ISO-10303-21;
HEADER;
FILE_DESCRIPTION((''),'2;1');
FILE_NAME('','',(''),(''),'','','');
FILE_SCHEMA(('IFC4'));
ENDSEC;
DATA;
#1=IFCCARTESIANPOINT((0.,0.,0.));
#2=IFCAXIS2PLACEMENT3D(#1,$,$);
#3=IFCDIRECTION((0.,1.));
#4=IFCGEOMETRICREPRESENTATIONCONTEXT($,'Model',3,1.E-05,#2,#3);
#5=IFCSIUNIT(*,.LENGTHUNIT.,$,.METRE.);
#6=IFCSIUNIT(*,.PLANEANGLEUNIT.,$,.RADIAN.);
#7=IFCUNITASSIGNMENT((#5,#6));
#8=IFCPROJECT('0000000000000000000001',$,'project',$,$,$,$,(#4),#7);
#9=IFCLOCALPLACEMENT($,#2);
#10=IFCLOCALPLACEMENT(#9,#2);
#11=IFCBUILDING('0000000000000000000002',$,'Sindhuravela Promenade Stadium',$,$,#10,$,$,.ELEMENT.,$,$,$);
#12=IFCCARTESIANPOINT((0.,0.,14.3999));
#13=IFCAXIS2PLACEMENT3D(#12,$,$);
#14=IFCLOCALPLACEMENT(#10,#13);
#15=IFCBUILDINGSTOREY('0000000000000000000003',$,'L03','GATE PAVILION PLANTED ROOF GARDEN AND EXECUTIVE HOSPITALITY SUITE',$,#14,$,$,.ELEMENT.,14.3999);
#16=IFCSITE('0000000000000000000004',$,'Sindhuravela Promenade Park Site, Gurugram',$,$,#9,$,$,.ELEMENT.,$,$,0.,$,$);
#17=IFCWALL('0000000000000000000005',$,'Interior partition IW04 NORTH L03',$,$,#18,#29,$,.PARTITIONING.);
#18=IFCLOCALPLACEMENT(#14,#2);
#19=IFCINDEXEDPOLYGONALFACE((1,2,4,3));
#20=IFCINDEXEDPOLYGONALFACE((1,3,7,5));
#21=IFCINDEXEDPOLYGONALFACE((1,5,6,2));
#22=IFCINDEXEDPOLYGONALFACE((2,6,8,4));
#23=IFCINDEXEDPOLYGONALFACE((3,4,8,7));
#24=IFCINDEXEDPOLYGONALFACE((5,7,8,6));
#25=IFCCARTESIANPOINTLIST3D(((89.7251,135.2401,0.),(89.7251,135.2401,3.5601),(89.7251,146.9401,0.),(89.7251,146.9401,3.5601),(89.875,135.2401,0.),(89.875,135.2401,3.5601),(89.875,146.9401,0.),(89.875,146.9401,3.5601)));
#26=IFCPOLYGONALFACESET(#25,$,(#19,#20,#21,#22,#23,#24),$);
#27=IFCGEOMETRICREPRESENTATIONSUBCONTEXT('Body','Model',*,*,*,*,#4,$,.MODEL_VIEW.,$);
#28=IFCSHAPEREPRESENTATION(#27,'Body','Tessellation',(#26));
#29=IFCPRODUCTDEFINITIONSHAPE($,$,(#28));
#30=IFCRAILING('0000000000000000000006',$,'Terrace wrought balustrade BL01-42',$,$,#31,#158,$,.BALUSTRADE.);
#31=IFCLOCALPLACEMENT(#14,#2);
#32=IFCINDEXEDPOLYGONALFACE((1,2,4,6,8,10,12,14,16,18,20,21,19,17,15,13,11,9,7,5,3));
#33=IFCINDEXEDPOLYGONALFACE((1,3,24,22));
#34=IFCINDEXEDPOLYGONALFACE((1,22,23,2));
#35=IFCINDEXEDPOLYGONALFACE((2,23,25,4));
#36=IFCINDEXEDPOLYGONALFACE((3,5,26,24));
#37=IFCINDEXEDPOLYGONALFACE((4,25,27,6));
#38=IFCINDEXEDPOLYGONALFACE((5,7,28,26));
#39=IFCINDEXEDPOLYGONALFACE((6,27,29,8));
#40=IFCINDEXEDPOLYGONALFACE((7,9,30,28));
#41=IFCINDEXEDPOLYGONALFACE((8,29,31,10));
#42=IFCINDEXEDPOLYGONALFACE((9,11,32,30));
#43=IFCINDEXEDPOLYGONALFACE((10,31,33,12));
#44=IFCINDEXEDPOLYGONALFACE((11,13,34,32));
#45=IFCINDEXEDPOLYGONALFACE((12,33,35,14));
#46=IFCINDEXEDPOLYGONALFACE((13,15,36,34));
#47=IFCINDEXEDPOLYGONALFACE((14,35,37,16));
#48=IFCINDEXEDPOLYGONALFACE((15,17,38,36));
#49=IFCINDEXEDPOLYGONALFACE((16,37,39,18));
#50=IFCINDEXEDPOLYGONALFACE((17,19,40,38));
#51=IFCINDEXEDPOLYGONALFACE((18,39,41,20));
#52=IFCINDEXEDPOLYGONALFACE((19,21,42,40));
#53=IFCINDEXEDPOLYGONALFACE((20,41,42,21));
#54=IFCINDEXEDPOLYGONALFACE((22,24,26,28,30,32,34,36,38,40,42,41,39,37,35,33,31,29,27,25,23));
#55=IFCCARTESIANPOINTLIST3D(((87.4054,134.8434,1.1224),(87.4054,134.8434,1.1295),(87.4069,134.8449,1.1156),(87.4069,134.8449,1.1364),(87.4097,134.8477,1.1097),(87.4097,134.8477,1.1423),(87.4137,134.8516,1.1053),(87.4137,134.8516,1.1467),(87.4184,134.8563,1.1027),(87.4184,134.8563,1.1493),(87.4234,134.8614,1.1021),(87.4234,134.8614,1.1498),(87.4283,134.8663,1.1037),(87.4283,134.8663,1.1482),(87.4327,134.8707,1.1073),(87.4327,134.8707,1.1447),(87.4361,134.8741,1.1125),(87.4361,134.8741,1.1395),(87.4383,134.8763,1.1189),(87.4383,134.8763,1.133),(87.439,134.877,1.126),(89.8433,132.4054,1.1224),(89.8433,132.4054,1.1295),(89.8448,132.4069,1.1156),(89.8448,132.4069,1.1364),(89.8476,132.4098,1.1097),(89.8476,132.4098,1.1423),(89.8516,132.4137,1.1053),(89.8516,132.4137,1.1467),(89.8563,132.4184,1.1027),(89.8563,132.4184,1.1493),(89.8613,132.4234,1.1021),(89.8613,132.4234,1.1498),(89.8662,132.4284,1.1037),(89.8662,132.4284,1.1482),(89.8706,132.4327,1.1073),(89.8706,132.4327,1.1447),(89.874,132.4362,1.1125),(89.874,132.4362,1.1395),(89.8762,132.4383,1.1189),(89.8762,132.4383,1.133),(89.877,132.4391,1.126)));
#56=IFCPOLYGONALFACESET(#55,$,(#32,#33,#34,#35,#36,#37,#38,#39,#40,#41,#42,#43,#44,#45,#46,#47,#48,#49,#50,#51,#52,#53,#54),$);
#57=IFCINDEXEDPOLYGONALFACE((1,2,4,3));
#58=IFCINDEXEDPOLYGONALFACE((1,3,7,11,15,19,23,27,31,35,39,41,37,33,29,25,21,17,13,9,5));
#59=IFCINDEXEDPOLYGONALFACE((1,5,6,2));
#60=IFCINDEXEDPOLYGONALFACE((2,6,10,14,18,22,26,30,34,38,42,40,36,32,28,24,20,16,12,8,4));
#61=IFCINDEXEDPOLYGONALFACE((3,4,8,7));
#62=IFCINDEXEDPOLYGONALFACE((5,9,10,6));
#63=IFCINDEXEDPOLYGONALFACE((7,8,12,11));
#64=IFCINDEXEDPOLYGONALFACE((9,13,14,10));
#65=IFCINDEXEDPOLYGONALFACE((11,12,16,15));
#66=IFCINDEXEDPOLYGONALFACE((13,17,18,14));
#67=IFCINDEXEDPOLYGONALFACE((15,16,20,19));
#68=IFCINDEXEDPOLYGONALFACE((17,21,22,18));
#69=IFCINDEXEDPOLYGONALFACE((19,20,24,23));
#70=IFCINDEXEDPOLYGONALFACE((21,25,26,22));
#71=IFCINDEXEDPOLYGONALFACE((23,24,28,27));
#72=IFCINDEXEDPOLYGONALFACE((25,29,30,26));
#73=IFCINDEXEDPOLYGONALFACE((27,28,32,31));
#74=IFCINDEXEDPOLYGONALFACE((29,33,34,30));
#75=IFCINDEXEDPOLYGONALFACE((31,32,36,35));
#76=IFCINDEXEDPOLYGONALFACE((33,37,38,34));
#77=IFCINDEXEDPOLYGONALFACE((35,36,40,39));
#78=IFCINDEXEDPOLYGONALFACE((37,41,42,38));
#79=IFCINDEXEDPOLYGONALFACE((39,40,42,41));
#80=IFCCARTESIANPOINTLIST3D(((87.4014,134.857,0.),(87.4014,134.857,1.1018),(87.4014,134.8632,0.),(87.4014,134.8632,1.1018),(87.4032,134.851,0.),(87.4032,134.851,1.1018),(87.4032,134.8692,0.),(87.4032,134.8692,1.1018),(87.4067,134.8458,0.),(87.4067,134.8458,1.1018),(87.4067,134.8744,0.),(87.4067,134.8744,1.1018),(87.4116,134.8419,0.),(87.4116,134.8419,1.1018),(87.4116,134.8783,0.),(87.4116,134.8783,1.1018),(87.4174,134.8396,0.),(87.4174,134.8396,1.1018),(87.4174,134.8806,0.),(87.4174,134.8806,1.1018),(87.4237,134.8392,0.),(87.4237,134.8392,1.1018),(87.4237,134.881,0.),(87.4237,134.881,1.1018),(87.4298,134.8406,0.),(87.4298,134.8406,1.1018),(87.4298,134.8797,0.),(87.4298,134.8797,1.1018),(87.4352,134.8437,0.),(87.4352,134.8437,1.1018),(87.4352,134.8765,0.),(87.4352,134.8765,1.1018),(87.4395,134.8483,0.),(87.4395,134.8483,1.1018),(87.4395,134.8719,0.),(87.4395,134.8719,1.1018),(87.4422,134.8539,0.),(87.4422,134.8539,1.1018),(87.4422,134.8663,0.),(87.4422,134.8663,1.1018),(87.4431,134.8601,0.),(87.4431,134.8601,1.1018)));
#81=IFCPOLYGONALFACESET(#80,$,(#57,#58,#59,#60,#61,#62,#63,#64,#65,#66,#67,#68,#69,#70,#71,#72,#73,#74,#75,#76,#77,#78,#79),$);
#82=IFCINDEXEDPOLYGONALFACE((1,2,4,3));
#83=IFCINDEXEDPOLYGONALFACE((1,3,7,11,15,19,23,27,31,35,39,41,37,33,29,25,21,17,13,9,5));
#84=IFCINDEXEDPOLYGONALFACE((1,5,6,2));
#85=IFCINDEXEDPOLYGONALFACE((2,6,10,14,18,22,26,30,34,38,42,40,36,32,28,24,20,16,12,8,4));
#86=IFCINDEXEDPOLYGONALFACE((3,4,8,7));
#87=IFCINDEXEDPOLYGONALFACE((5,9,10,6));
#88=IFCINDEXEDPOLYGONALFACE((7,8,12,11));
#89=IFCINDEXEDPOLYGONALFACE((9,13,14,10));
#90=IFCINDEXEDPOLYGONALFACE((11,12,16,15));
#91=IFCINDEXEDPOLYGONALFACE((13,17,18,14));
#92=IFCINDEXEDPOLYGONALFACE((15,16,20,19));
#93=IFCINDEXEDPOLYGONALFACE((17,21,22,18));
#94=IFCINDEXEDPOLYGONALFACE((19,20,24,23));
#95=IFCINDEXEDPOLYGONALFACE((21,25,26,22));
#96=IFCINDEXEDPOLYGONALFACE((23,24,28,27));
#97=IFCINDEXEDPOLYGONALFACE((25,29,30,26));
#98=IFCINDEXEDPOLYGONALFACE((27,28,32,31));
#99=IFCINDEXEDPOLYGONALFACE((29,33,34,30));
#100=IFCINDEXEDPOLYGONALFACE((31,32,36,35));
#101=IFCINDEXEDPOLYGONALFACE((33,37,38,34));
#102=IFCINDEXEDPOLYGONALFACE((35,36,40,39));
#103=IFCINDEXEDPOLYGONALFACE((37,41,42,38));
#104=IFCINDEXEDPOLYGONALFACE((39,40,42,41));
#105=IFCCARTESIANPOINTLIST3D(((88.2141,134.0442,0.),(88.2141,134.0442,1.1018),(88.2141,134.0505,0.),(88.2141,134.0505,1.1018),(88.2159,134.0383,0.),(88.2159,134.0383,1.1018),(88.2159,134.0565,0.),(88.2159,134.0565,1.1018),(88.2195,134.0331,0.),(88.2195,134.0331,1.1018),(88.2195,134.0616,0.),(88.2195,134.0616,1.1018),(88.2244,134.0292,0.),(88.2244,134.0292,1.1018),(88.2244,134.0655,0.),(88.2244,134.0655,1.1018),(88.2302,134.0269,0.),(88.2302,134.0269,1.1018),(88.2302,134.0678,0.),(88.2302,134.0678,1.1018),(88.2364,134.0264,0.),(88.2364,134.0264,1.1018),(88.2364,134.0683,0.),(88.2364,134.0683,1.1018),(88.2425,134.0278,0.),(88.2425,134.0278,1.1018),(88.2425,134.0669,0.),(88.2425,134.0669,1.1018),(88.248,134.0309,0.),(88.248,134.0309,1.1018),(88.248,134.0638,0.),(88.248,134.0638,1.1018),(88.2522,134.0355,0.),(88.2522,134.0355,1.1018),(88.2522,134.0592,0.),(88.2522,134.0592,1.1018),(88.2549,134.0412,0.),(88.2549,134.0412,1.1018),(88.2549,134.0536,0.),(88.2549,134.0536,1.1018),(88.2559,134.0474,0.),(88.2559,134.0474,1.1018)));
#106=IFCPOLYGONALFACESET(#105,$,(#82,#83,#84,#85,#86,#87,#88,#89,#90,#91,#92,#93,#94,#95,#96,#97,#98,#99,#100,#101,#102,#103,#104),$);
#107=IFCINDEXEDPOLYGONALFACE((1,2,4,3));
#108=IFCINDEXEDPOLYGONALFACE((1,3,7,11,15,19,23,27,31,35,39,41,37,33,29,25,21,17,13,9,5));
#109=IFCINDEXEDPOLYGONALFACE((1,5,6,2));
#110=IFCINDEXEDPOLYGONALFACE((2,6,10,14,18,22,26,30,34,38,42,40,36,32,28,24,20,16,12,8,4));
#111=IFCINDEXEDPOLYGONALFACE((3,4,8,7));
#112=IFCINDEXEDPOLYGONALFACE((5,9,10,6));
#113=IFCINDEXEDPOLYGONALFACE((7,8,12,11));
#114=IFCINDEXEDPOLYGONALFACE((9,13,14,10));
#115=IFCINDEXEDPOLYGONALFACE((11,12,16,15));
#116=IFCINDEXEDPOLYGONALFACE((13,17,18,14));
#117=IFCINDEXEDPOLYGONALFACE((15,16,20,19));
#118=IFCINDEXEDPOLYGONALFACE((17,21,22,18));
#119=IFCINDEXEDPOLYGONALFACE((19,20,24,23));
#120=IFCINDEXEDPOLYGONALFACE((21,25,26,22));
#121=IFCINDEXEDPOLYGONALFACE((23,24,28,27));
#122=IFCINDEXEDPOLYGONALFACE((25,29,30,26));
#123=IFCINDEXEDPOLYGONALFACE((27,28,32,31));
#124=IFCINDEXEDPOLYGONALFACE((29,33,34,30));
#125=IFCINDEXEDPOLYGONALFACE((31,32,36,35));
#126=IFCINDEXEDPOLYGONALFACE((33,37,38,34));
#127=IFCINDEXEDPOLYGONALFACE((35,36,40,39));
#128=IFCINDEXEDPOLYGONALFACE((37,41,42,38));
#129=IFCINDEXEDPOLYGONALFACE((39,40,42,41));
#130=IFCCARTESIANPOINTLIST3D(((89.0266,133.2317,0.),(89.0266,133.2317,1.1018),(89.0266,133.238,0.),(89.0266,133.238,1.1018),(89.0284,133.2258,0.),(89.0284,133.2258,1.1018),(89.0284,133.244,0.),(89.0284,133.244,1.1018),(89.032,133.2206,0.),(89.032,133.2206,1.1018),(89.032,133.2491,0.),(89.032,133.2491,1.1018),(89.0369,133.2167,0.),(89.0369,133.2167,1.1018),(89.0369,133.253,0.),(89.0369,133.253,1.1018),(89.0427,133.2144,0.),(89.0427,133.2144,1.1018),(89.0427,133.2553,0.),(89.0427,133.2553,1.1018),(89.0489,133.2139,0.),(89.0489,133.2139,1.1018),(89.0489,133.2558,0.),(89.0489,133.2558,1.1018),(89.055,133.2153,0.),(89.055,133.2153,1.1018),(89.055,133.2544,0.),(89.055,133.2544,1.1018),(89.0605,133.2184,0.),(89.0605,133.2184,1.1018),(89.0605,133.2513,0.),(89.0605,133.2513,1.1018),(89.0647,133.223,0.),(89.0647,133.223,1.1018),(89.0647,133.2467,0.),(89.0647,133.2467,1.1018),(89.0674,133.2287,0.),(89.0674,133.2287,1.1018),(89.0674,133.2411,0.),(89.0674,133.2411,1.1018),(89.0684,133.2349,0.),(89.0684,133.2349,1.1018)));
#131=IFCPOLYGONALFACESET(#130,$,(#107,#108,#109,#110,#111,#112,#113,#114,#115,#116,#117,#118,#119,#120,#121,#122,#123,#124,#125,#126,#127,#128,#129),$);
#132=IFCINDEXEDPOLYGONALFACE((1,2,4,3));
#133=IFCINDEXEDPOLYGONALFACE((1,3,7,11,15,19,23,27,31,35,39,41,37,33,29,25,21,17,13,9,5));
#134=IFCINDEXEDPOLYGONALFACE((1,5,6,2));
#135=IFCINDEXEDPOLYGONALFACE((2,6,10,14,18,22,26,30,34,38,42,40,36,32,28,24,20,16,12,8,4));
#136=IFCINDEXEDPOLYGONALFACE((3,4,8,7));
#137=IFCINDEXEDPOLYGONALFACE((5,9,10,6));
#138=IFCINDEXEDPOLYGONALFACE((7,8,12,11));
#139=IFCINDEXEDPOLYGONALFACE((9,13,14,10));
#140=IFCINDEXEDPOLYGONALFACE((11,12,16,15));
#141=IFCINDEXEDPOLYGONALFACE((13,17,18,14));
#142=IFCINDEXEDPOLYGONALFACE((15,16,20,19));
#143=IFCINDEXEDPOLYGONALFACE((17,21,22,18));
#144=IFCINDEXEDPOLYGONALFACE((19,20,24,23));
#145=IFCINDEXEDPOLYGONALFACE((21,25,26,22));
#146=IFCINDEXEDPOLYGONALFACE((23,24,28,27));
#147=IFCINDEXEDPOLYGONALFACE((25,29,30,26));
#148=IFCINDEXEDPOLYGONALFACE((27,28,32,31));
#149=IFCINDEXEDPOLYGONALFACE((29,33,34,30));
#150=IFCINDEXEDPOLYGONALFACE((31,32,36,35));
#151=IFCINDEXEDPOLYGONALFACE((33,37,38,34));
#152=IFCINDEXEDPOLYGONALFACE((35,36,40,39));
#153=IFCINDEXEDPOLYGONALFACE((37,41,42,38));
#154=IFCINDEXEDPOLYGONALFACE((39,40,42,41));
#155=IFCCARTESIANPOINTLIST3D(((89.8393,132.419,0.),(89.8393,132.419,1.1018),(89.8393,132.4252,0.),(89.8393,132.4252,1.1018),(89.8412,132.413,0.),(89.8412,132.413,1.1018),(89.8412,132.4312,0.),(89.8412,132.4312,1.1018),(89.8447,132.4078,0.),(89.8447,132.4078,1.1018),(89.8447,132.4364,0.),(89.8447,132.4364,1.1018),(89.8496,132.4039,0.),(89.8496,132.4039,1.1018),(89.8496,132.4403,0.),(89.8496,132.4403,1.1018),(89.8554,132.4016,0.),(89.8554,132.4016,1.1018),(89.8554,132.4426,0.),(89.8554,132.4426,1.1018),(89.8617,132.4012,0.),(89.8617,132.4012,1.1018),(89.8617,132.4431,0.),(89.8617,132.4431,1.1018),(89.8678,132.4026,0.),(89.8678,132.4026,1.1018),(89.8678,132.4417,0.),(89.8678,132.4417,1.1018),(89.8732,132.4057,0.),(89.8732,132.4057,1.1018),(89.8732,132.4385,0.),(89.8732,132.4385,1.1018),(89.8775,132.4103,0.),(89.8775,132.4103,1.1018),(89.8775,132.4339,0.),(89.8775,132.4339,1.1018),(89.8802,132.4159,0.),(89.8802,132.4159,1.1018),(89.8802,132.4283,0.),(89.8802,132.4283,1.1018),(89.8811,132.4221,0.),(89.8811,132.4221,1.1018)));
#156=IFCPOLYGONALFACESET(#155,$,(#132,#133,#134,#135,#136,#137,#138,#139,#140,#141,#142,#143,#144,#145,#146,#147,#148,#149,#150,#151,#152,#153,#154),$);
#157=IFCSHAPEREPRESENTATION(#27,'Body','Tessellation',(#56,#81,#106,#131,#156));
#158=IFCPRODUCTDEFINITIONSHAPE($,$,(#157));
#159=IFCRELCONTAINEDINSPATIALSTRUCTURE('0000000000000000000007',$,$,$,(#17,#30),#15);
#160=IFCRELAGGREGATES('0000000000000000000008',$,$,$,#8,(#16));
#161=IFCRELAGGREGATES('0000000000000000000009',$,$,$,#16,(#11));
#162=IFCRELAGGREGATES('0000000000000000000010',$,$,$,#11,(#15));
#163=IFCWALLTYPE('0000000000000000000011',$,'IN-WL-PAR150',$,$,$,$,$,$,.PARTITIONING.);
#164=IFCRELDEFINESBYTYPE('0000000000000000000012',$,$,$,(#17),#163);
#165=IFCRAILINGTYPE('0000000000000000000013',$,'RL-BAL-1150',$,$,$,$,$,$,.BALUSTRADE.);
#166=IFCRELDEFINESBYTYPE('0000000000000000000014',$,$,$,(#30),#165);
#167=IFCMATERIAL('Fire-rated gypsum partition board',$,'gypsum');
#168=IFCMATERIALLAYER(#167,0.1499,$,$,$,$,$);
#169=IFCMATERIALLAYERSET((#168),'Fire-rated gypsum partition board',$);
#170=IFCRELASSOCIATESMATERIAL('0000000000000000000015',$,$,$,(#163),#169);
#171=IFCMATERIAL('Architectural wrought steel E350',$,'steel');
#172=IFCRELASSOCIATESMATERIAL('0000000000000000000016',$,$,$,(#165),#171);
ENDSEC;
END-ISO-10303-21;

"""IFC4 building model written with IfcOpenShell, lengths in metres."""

from ifc_helpers import new_model, si_unit, direction, frame, frame_2d, origin, origin_2d, place, context, subcontext, project, spatial, rectangle, circle, extrude, material, layer, layer_set, type_object, element, save


model = new_model("IFC4")

# Units and contexts
model_context = context("Model", 3, precision=1e-05, world=origin(), true_north=direction((0.0, 1.0)))
body_context = subcontext(model_context, "Body", "Model", "MODEL_VIEW")
ifc_project = project(units=[si_unit("LENGTHUNIT", "METRE"), si_unit("PLANEANGLEUNIT", "RADIAN")], contexts=[model_context])

# Site, building, storey
site_placement = place(None, origin())
site = spatial("IfcSite", under=ifc_project, at=site_placement, Name="Sindhuravela Promenade Park Site, Gurugram", CompositionType="ELEMENT", RefElevation=0.0)
building_placement = place(site_placement, origin())
building = spatial("IfcBuilding", under=site, at=building_placement, Name="Sindhuravela Promenade Stadium", CompositionType="ELEMENT")
storey_placement = place(building_placement, frame((0.0, 0.0, 14.3999)))
storey = spatial("IfcBuildingStorey", under=building, at=storey_placement, Name="L03", Description="GATE PAVILION PLANTED ROOF GARDEN AND EXECUTIVE HOSPITALITY SUITE", CompositionType="ELEMENT", Elevation=14.3999)

# Wall
ifc_material_1 = material(Name="Fire-rated gypsum partition board", Category="gypsum")
ifc_layer_1 = layer(ifc_material_1, 0.1499)
ifc_layer_set_1 = layer_set([ifc_layer_1], Name="Fire-rated gypsum partition board")
wall_type_1 = type_object("IfcWallType", Name="IN-WL-PAR150", PredefinedType="PARTITIONING", material=ifc_layer_set_1)
wall_1_placement = place(storey_placement, frame((89.8, 135.24, 0.0), z_axis=(0.0, 0.0, 1.0), x_axis=(0.0, 1.0, 0.0)))
element("IfcWall", 1, at=wall_1_placement, inside=storey, type_object=wall_type_1, Name="Interior partition IW04 NORTH L03", PredefinedType="PARTITIONING", context=body_context, shape_type="SweptSolid", body=[
    extrude(rectangle(XDim=11.7, YDim=0.1499, at=frame_2d((5.8501, 0.0))), origin(), (0.0, 0.0, 1.0), 3.5601),
])

# Railing
ifc_material_2 = material(Name="Architectural wrought steel E350", Category="steel")
railing_type = type_object("IfcRailingType", Name="RL-BAL-1150", PredefinedType="BALUSTRADE", material=ifc_material_2)
railing_1_placement = place(storey_placement, frame((87.4221, 134.8601, 0.0)))
element("IfcRailing", 2, at=railing_1_placement, inside=storey, type_object=railing_type, Name="Terrace wrought balustrade BL01-42", PredefinedType="BALUSTRADE", context=body_context, shape_type="SweptSolid", body=[
    extrude(circle(Radius=0.0239, at=origin_2d()), frame((0.0, 0.0, 1.126), z_axis=(0.707107, -0.707107, 0.0), x_axis=(0.707107, 0.707107, 0.0)), (0.0, 0.0, 1.0), 3.4478),
    extrude(circle(Radius=0.021, at=origin_2d()), origin(), (0.0, 0.0, 1.0), 1.1018),
    extrude(circle(Radius=0.021, at=origin_2d()), frame((0.8127, -0.8127, 0.0)), (0.0, 0.0, 1.0), 1.1018),
    extrude(circle(Radius=0.021, at=origin_2d()), frame((1.6252, -1.6252, 0.0)), (0.0, 0.0, 1.0), 1.1018),
    extrude(circle(Radius=0.021, at=origin_2d()), frame((2.438, -2.438, 0.0)), (0.0, 0.0, 1.0), 1.1018),
])

save(model, "model.ifc")
